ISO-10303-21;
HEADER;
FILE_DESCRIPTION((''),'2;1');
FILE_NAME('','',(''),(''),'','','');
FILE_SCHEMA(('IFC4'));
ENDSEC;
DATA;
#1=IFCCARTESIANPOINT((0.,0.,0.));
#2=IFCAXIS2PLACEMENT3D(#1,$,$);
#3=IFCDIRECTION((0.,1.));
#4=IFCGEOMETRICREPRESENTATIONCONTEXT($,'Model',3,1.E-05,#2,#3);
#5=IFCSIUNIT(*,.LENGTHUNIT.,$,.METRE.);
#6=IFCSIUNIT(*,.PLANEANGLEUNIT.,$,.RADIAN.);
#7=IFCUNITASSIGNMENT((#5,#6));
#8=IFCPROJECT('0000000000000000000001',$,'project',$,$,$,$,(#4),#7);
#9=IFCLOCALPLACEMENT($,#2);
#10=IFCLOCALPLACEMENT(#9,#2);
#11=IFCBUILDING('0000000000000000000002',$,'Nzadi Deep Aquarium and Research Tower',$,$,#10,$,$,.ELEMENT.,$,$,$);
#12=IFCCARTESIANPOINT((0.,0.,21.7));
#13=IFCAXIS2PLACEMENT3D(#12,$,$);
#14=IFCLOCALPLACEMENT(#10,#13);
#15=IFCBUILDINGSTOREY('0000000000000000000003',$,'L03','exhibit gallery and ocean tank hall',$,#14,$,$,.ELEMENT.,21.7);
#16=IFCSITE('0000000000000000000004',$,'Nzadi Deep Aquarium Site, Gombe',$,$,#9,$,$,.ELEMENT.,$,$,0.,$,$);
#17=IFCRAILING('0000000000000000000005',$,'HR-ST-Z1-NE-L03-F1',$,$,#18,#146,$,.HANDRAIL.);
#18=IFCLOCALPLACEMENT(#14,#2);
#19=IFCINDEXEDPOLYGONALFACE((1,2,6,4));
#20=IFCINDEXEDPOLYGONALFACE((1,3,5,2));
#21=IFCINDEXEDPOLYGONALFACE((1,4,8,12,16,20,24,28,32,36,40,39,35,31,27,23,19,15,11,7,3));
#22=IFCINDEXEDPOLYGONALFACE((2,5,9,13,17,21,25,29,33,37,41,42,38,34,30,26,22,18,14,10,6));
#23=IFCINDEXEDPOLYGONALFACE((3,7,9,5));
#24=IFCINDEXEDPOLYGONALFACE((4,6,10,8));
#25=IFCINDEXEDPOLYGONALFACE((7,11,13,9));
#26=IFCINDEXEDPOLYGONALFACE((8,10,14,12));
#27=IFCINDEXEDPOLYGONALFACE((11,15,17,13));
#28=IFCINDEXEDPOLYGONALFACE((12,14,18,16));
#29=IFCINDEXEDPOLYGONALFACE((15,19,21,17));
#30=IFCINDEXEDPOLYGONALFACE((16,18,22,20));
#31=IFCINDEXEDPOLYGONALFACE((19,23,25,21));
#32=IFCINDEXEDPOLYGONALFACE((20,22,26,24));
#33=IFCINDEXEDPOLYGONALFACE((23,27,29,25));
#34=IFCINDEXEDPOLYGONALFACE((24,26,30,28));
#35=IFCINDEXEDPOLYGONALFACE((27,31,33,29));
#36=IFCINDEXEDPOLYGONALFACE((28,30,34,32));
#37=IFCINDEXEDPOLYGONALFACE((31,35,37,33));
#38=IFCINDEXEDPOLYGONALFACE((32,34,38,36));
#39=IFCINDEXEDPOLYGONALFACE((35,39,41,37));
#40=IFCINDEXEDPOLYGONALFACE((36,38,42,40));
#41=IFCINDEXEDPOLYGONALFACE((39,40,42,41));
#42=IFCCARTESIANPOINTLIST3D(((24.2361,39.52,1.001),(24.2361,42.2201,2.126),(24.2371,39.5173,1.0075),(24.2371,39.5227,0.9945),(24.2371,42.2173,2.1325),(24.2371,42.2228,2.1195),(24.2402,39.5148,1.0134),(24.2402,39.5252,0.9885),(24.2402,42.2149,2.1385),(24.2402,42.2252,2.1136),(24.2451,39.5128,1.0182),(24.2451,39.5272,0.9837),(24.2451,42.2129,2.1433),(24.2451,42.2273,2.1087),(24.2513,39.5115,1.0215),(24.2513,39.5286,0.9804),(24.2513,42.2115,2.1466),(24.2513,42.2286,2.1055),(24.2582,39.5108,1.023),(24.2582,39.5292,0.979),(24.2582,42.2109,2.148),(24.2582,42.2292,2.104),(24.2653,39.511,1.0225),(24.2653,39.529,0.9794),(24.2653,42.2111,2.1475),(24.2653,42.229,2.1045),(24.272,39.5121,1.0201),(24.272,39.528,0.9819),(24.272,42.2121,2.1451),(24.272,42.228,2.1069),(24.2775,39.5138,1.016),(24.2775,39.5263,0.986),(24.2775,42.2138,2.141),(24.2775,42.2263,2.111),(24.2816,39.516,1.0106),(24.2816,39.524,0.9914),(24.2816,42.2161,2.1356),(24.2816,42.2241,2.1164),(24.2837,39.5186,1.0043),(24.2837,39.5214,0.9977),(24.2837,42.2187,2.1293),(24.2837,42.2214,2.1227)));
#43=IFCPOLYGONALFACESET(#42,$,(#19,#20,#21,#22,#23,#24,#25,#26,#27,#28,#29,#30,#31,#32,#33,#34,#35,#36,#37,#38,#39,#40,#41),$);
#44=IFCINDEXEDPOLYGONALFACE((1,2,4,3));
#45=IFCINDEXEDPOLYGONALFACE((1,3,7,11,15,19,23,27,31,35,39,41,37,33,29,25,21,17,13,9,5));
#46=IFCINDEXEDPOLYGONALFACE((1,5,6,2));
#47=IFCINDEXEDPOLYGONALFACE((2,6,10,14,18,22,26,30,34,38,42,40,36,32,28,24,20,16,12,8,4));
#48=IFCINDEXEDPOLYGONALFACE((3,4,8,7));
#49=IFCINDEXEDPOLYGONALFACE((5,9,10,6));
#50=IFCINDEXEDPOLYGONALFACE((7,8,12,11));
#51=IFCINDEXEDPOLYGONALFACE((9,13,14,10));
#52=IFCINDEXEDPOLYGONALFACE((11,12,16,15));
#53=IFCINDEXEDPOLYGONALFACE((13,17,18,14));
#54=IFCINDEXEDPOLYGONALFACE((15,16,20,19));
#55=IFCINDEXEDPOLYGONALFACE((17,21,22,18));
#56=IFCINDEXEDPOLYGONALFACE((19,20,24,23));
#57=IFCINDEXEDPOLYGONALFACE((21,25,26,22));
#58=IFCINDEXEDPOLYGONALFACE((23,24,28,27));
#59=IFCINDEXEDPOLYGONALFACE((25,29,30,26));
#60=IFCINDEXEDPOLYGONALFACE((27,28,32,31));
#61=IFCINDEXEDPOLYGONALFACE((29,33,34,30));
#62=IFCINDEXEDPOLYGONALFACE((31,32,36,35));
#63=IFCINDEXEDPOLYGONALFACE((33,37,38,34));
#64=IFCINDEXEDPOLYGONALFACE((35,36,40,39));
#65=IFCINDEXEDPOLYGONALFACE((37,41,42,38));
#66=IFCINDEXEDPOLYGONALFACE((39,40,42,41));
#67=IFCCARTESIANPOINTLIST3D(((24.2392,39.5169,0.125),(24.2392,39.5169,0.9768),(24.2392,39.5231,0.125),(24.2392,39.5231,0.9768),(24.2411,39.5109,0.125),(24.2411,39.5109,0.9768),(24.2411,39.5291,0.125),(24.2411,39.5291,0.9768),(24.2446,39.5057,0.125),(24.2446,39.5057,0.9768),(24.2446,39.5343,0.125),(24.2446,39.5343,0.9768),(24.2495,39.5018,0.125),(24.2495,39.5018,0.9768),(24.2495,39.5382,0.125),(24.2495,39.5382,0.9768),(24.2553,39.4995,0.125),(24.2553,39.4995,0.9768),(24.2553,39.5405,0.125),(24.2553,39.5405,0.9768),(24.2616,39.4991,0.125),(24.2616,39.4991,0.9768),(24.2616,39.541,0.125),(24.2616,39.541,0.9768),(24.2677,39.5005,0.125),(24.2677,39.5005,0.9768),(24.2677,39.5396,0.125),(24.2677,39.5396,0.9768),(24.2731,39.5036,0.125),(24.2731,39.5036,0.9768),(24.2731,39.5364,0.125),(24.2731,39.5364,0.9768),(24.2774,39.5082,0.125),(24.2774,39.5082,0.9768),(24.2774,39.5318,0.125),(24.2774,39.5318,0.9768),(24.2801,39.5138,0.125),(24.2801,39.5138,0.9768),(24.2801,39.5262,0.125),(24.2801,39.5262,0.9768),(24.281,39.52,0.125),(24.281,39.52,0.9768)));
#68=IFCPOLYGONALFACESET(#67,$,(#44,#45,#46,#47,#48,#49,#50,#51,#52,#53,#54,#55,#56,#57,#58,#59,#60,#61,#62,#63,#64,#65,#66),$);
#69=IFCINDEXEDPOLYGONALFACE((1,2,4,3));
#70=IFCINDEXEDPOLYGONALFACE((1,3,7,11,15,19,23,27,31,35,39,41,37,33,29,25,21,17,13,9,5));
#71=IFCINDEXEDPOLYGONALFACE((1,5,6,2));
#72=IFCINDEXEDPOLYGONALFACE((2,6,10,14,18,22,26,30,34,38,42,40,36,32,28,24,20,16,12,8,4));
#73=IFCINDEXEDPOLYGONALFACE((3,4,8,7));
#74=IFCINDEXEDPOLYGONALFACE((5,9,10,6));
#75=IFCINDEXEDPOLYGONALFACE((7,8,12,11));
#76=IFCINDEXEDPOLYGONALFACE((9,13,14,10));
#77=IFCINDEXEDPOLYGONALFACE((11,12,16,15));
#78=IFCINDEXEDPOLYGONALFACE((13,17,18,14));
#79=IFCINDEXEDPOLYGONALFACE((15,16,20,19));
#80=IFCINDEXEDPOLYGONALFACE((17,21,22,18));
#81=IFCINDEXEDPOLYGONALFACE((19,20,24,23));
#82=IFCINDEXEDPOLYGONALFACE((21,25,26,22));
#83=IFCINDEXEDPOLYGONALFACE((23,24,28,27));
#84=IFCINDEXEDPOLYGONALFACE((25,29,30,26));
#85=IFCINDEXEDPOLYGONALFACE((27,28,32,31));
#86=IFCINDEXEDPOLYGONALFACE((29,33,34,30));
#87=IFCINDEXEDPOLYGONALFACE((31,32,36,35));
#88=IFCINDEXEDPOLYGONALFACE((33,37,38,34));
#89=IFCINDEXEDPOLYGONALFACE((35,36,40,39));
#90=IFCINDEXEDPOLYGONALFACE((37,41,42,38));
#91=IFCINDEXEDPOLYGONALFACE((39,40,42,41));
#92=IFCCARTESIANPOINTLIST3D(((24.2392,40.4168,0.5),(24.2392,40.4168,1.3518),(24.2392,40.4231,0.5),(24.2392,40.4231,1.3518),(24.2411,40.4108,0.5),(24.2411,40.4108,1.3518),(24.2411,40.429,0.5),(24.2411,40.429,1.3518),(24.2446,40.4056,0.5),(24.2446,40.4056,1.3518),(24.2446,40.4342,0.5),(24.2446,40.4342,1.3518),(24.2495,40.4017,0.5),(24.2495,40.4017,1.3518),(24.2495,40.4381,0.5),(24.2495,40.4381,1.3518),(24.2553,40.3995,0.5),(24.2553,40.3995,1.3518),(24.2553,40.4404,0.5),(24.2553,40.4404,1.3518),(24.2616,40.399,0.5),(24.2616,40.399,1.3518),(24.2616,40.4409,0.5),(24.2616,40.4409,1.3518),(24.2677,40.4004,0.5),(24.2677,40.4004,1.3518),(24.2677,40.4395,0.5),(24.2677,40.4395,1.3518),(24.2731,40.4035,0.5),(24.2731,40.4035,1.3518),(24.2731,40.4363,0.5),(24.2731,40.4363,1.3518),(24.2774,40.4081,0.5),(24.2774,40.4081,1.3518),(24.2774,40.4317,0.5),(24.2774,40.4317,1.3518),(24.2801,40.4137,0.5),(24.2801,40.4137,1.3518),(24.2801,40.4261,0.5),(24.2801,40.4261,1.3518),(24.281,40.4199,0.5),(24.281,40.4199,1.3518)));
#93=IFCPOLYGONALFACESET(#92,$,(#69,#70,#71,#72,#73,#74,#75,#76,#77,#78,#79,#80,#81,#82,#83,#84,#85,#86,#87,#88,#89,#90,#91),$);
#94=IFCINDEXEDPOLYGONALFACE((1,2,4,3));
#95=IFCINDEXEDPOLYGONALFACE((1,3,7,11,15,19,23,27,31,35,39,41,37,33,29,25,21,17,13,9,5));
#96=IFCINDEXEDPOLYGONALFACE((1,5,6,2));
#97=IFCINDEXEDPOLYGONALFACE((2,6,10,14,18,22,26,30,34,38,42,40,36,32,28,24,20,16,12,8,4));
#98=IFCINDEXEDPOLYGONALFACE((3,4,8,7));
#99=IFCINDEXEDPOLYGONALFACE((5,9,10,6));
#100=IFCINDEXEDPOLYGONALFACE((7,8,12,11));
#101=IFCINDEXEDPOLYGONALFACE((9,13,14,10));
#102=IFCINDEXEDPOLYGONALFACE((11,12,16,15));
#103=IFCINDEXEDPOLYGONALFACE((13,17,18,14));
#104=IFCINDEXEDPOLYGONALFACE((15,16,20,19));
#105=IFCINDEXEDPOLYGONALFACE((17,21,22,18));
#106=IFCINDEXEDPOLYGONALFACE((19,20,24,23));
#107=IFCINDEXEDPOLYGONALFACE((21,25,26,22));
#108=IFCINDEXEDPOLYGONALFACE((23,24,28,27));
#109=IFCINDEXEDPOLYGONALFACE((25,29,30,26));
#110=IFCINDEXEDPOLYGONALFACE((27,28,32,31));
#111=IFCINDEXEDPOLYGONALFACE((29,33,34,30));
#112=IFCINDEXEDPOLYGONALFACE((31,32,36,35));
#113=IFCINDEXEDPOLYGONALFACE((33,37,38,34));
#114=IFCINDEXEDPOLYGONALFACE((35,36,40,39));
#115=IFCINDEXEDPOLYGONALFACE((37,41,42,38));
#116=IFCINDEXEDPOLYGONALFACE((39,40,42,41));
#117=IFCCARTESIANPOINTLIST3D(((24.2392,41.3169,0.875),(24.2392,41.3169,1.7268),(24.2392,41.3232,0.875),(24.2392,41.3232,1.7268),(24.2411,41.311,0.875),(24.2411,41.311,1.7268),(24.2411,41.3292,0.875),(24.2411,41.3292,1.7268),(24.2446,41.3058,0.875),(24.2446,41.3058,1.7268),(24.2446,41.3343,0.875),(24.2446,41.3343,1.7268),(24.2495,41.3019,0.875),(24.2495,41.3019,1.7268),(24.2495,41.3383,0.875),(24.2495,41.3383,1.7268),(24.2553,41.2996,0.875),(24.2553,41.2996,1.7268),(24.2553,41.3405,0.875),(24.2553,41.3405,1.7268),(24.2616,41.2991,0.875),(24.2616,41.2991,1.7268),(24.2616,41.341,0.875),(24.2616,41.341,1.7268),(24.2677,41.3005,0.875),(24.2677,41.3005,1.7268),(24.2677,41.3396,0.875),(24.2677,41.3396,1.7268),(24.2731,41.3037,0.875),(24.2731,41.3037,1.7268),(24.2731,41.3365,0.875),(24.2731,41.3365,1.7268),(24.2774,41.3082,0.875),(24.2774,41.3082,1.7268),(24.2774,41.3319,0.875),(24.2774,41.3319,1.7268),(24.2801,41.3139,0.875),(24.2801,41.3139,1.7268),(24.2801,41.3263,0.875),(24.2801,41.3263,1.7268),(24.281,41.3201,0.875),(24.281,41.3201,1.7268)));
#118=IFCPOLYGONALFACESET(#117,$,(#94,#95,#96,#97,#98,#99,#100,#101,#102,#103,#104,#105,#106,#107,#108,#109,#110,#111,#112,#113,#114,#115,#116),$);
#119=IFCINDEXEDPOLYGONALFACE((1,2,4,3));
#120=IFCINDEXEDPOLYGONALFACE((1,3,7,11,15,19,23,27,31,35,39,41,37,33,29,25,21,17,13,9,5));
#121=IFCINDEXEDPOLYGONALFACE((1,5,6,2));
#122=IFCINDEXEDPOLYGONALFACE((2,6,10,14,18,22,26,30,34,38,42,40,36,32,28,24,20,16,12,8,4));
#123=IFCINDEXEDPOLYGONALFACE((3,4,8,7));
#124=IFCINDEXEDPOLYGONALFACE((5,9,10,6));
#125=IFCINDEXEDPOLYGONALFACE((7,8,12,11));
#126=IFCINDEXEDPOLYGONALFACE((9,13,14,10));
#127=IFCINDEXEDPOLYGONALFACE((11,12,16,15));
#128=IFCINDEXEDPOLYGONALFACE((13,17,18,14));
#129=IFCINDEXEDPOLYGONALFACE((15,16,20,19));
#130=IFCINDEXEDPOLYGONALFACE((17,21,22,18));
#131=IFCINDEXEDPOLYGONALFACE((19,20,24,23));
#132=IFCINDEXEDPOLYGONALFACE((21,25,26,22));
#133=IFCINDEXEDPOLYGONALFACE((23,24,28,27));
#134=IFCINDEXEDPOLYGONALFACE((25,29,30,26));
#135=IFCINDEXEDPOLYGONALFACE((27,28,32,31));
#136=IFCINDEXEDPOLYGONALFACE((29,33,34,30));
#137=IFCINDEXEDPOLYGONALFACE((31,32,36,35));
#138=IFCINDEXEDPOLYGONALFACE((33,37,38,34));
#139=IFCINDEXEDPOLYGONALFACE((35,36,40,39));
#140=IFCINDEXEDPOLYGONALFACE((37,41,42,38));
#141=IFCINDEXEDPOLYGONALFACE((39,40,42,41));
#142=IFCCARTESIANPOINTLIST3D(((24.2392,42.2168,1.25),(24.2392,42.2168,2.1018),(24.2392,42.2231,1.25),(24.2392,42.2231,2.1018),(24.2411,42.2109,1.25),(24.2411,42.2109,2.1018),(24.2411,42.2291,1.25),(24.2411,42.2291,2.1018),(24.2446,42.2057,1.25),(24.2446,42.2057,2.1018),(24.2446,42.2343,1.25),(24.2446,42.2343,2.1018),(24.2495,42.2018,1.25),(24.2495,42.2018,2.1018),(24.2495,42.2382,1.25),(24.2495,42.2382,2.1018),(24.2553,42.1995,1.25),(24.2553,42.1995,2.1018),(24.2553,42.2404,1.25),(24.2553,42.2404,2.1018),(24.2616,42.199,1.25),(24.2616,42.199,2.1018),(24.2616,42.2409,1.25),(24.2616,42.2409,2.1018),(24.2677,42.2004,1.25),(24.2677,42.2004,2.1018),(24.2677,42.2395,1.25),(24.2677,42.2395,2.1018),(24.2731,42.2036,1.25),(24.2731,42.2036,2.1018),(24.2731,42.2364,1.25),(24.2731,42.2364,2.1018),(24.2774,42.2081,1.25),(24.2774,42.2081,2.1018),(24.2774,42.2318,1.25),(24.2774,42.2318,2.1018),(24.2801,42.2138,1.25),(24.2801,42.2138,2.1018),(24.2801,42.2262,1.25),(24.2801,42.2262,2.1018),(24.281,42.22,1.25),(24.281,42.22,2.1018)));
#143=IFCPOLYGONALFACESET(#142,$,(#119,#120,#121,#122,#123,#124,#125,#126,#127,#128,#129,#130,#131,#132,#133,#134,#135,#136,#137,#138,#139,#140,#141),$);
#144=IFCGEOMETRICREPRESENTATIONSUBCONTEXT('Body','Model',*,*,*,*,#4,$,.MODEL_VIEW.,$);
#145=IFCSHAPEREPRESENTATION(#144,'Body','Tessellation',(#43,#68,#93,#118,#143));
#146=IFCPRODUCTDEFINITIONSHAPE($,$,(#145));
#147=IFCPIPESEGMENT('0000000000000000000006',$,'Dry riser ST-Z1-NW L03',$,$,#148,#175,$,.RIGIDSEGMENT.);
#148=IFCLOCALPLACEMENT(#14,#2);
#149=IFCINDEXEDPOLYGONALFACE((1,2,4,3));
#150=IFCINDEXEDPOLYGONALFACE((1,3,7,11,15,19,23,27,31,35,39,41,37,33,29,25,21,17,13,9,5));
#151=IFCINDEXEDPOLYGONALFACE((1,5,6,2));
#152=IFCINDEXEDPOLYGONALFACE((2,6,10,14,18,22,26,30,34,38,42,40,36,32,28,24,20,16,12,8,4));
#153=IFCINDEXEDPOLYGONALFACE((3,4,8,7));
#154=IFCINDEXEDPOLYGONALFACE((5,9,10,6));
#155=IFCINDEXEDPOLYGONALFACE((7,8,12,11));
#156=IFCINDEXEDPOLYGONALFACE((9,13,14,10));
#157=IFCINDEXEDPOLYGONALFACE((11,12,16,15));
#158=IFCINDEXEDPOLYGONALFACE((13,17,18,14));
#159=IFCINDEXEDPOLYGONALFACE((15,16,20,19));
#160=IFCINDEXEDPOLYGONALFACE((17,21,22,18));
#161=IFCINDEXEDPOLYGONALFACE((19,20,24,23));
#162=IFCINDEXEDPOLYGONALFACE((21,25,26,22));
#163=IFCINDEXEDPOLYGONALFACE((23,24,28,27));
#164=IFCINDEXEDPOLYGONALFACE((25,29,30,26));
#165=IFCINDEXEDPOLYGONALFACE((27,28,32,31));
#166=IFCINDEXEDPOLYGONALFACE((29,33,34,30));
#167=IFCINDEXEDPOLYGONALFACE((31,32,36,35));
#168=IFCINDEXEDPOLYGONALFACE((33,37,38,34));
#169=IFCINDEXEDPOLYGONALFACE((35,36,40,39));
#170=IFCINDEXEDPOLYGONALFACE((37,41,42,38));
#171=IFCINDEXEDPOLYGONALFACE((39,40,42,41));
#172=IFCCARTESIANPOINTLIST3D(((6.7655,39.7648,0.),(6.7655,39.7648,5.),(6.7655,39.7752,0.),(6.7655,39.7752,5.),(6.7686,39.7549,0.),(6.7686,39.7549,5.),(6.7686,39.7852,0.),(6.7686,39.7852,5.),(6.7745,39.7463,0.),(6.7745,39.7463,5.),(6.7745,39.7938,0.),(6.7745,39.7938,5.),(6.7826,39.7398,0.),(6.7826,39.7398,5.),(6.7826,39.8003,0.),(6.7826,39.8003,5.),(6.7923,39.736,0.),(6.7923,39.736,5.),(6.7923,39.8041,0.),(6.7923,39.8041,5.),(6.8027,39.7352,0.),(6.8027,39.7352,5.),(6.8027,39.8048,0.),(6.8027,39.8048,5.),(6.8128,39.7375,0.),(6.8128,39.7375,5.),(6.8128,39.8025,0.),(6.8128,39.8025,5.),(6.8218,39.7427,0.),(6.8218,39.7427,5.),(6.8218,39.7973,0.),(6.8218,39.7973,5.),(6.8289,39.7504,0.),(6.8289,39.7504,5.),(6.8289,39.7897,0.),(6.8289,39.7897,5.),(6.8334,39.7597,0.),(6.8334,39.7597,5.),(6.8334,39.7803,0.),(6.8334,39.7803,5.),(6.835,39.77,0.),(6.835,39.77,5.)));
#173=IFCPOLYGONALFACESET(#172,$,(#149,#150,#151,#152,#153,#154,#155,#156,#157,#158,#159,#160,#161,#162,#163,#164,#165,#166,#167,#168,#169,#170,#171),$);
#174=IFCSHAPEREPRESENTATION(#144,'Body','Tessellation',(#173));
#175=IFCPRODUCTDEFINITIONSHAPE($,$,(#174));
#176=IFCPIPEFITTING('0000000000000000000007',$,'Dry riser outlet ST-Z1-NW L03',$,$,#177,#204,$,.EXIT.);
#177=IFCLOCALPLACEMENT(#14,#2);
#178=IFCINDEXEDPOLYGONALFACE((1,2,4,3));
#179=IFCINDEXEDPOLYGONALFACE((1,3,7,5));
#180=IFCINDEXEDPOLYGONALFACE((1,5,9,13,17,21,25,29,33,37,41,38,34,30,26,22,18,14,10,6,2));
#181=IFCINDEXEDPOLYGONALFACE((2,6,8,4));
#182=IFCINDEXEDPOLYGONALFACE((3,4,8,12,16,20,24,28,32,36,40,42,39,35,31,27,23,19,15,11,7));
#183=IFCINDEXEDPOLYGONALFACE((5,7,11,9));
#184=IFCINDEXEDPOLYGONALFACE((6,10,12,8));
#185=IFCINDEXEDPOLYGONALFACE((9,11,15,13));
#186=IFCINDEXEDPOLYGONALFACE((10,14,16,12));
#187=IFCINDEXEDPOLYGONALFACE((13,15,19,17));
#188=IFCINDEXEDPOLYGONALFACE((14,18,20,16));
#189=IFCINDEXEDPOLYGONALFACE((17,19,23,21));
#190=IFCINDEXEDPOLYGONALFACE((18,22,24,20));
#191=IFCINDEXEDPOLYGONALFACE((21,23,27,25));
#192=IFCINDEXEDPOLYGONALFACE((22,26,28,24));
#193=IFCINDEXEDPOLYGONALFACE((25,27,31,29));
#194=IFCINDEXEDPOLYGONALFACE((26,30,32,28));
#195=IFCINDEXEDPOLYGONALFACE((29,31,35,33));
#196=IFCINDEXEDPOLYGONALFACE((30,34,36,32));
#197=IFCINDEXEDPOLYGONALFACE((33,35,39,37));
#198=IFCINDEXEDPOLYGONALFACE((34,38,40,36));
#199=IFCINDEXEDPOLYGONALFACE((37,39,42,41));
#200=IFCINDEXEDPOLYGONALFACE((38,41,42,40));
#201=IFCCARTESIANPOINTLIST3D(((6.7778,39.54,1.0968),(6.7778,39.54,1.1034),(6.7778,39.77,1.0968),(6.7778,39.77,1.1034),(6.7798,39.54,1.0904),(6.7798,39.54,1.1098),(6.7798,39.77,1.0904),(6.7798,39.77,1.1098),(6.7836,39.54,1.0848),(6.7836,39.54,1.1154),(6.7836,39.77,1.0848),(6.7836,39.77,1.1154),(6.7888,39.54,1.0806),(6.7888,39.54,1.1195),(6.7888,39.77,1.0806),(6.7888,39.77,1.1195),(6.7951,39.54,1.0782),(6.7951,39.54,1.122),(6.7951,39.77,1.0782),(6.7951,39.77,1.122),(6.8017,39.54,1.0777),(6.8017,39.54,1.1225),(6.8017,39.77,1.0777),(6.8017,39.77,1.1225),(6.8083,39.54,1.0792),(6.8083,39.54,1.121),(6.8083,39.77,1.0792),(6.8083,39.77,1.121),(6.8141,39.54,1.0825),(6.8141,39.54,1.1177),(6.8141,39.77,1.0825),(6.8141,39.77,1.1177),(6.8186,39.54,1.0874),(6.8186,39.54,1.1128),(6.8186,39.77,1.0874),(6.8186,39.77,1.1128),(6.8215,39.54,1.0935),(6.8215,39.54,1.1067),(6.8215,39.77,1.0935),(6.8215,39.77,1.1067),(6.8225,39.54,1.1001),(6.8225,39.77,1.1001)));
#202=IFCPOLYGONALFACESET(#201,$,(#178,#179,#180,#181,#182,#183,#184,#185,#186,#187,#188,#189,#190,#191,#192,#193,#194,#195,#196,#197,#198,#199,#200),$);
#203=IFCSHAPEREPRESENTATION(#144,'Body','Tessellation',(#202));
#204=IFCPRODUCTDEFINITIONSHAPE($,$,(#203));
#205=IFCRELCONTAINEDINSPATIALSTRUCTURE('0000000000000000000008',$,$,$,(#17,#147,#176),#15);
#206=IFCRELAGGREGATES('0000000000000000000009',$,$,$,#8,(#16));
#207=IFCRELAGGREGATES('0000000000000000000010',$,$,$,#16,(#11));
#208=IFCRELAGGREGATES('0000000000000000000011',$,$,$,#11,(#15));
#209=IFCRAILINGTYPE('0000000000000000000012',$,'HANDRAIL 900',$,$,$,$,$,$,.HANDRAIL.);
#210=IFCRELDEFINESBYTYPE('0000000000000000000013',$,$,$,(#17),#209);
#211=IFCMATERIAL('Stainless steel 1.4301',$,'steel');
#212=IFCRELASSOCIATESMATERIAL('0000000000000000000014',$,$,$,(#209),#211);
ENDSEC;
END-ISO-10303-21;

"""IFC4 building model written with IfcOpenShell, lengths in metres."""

from ifc_helpers import new_model, si_unit, direction, frame, origin, origin_2d, place, context, subcontext, project, spatial, circle, extrude, material, type_object, element, save


model = new_model("IFC4")

# Units and contexts
model_context = context("Model", 3, precision=1e-05, world=origin(), true_north=direction((0.0, 1.0)))
body_context = subcontext(model_context, "Body", "Model", "MODEL_VIEW")
ifc_project = project(units=[si_unit("LENGTHUNIT", "METRE"), si_unit("PLANEANGLEUNIT", "RADIAN")], contexts=[model_context])

# Site, building, storey
site_placement = place(None, origin())
site = spatial("IfcSite", under=ifc_project, at=site_placement, Name="Nzadi Deep Aquarium Site, Gombe", CompositionType="ELEMENT", RefElevation=0.0)
building_placement = place(site_placement, origin())
building = spatial("IfcBuilding", under=site, at=building_placement, Name="Nzadi Deep Aquarium and Research Tower", CompositionType="ELEMENT")
storey_placement = place(building_placement, frame((0.0, 0.0, 21.7)))
storey = spatial("IfcBuildingStorey", under=building, at=storey_placement, Name="L03", Description="exhibit gallery and ocean tank hall", CompositionType="ELEMENT", Elevation=21.7)

# Railing
ifc_material_1 = material(Name="Stainless steel 1.4301", Category="steel")
railing_type = type_object("IfcRailingType", Name="HANDRAIL 900", PredefinedType="HANDRAIL", material=ifc_material_1)
railing_1_placement = place(storey_placement, frame((24.26, 39.52, 0.125)))
element("IfcRailing", 1, at=railing_1_placement, inside=storey, type_object=railing_type, Name="HR-ST-Z1-NE-L03-F1", PredefinedType="HANDRAIL", context=body_context, shape_type="SweptSolid", body=[
    extrude(circle(Radius=0.0239, at=origin_2d()), frame((0.0, 0.0, 0.876), z_axis=(0.0, 0.923074, 0.384621), x_axis=(-1.0, 0.0, 0.0)), (0.0, 0.0, 1.0), 2.925),
    extrude(circle(Radius=0.021, at=origin_2d()), origin(), (0.0, 0.0, 1.0), 0.8518),
    extrude(circle(Radius=0.021, at=origin_2d()), frame((0.0, 0.8999, 0.375)), (0.0, 0.0, 1.0), 0.8518),
    extrude(circle(Radius=0.021, at=origin_2d()), frame((0.0, 1.8, 0.75)), (0.0, 0.0, 1.0), 0.8518),
    extrude(circle(Radius=0.021, at=origin_2d()), frame((0.0, 2.7, 1.125)), (0.0, 0.0, 1.0), 0.8518),
])

# Pipe segment
pipe_segment_placement = place(storey_placement, frame((6.8, 39.77, 0.0), z_axis=(0.0, 0.0, 1.0), x_axis=(1.0, 0.0, 0.0)))
element("IfcPipeSegment", 2, at=pipe_segment_placement, inside=storey, Name="Dry riser ST-Z1-NW L03", PredefinedType="RIGIDSEGMENT", context=body_context, shape_type="SweptSolid", body=[
    extrude(circle(Radius=0.0349, at=origin_2d()), origin(), (0.0, 0.0, 1.0), 5.0),
])

# Pipe fitting
pipe_fitting_placement = place(storey_placement, frame((6.8, 39.77, 1.1001), z_axis=(0.0, -1.0, 0.0), x_axis=(1.0, 0.0, 0.0)))
element("IfcPipeFitting", 3, at=pipe_fitting_placement, inside=storey, Name="Dry riser outlet ST-Z1-NW L03", PredefinedType="EXIT", context=body_context, shape_type="SweptSolid", body=[
    extrude(circle(Radius=0.0225, at=origin_2d()), origin(), (0.0, 0.0, 1.0), 0.23),
])

save(model, "model.ifc")
